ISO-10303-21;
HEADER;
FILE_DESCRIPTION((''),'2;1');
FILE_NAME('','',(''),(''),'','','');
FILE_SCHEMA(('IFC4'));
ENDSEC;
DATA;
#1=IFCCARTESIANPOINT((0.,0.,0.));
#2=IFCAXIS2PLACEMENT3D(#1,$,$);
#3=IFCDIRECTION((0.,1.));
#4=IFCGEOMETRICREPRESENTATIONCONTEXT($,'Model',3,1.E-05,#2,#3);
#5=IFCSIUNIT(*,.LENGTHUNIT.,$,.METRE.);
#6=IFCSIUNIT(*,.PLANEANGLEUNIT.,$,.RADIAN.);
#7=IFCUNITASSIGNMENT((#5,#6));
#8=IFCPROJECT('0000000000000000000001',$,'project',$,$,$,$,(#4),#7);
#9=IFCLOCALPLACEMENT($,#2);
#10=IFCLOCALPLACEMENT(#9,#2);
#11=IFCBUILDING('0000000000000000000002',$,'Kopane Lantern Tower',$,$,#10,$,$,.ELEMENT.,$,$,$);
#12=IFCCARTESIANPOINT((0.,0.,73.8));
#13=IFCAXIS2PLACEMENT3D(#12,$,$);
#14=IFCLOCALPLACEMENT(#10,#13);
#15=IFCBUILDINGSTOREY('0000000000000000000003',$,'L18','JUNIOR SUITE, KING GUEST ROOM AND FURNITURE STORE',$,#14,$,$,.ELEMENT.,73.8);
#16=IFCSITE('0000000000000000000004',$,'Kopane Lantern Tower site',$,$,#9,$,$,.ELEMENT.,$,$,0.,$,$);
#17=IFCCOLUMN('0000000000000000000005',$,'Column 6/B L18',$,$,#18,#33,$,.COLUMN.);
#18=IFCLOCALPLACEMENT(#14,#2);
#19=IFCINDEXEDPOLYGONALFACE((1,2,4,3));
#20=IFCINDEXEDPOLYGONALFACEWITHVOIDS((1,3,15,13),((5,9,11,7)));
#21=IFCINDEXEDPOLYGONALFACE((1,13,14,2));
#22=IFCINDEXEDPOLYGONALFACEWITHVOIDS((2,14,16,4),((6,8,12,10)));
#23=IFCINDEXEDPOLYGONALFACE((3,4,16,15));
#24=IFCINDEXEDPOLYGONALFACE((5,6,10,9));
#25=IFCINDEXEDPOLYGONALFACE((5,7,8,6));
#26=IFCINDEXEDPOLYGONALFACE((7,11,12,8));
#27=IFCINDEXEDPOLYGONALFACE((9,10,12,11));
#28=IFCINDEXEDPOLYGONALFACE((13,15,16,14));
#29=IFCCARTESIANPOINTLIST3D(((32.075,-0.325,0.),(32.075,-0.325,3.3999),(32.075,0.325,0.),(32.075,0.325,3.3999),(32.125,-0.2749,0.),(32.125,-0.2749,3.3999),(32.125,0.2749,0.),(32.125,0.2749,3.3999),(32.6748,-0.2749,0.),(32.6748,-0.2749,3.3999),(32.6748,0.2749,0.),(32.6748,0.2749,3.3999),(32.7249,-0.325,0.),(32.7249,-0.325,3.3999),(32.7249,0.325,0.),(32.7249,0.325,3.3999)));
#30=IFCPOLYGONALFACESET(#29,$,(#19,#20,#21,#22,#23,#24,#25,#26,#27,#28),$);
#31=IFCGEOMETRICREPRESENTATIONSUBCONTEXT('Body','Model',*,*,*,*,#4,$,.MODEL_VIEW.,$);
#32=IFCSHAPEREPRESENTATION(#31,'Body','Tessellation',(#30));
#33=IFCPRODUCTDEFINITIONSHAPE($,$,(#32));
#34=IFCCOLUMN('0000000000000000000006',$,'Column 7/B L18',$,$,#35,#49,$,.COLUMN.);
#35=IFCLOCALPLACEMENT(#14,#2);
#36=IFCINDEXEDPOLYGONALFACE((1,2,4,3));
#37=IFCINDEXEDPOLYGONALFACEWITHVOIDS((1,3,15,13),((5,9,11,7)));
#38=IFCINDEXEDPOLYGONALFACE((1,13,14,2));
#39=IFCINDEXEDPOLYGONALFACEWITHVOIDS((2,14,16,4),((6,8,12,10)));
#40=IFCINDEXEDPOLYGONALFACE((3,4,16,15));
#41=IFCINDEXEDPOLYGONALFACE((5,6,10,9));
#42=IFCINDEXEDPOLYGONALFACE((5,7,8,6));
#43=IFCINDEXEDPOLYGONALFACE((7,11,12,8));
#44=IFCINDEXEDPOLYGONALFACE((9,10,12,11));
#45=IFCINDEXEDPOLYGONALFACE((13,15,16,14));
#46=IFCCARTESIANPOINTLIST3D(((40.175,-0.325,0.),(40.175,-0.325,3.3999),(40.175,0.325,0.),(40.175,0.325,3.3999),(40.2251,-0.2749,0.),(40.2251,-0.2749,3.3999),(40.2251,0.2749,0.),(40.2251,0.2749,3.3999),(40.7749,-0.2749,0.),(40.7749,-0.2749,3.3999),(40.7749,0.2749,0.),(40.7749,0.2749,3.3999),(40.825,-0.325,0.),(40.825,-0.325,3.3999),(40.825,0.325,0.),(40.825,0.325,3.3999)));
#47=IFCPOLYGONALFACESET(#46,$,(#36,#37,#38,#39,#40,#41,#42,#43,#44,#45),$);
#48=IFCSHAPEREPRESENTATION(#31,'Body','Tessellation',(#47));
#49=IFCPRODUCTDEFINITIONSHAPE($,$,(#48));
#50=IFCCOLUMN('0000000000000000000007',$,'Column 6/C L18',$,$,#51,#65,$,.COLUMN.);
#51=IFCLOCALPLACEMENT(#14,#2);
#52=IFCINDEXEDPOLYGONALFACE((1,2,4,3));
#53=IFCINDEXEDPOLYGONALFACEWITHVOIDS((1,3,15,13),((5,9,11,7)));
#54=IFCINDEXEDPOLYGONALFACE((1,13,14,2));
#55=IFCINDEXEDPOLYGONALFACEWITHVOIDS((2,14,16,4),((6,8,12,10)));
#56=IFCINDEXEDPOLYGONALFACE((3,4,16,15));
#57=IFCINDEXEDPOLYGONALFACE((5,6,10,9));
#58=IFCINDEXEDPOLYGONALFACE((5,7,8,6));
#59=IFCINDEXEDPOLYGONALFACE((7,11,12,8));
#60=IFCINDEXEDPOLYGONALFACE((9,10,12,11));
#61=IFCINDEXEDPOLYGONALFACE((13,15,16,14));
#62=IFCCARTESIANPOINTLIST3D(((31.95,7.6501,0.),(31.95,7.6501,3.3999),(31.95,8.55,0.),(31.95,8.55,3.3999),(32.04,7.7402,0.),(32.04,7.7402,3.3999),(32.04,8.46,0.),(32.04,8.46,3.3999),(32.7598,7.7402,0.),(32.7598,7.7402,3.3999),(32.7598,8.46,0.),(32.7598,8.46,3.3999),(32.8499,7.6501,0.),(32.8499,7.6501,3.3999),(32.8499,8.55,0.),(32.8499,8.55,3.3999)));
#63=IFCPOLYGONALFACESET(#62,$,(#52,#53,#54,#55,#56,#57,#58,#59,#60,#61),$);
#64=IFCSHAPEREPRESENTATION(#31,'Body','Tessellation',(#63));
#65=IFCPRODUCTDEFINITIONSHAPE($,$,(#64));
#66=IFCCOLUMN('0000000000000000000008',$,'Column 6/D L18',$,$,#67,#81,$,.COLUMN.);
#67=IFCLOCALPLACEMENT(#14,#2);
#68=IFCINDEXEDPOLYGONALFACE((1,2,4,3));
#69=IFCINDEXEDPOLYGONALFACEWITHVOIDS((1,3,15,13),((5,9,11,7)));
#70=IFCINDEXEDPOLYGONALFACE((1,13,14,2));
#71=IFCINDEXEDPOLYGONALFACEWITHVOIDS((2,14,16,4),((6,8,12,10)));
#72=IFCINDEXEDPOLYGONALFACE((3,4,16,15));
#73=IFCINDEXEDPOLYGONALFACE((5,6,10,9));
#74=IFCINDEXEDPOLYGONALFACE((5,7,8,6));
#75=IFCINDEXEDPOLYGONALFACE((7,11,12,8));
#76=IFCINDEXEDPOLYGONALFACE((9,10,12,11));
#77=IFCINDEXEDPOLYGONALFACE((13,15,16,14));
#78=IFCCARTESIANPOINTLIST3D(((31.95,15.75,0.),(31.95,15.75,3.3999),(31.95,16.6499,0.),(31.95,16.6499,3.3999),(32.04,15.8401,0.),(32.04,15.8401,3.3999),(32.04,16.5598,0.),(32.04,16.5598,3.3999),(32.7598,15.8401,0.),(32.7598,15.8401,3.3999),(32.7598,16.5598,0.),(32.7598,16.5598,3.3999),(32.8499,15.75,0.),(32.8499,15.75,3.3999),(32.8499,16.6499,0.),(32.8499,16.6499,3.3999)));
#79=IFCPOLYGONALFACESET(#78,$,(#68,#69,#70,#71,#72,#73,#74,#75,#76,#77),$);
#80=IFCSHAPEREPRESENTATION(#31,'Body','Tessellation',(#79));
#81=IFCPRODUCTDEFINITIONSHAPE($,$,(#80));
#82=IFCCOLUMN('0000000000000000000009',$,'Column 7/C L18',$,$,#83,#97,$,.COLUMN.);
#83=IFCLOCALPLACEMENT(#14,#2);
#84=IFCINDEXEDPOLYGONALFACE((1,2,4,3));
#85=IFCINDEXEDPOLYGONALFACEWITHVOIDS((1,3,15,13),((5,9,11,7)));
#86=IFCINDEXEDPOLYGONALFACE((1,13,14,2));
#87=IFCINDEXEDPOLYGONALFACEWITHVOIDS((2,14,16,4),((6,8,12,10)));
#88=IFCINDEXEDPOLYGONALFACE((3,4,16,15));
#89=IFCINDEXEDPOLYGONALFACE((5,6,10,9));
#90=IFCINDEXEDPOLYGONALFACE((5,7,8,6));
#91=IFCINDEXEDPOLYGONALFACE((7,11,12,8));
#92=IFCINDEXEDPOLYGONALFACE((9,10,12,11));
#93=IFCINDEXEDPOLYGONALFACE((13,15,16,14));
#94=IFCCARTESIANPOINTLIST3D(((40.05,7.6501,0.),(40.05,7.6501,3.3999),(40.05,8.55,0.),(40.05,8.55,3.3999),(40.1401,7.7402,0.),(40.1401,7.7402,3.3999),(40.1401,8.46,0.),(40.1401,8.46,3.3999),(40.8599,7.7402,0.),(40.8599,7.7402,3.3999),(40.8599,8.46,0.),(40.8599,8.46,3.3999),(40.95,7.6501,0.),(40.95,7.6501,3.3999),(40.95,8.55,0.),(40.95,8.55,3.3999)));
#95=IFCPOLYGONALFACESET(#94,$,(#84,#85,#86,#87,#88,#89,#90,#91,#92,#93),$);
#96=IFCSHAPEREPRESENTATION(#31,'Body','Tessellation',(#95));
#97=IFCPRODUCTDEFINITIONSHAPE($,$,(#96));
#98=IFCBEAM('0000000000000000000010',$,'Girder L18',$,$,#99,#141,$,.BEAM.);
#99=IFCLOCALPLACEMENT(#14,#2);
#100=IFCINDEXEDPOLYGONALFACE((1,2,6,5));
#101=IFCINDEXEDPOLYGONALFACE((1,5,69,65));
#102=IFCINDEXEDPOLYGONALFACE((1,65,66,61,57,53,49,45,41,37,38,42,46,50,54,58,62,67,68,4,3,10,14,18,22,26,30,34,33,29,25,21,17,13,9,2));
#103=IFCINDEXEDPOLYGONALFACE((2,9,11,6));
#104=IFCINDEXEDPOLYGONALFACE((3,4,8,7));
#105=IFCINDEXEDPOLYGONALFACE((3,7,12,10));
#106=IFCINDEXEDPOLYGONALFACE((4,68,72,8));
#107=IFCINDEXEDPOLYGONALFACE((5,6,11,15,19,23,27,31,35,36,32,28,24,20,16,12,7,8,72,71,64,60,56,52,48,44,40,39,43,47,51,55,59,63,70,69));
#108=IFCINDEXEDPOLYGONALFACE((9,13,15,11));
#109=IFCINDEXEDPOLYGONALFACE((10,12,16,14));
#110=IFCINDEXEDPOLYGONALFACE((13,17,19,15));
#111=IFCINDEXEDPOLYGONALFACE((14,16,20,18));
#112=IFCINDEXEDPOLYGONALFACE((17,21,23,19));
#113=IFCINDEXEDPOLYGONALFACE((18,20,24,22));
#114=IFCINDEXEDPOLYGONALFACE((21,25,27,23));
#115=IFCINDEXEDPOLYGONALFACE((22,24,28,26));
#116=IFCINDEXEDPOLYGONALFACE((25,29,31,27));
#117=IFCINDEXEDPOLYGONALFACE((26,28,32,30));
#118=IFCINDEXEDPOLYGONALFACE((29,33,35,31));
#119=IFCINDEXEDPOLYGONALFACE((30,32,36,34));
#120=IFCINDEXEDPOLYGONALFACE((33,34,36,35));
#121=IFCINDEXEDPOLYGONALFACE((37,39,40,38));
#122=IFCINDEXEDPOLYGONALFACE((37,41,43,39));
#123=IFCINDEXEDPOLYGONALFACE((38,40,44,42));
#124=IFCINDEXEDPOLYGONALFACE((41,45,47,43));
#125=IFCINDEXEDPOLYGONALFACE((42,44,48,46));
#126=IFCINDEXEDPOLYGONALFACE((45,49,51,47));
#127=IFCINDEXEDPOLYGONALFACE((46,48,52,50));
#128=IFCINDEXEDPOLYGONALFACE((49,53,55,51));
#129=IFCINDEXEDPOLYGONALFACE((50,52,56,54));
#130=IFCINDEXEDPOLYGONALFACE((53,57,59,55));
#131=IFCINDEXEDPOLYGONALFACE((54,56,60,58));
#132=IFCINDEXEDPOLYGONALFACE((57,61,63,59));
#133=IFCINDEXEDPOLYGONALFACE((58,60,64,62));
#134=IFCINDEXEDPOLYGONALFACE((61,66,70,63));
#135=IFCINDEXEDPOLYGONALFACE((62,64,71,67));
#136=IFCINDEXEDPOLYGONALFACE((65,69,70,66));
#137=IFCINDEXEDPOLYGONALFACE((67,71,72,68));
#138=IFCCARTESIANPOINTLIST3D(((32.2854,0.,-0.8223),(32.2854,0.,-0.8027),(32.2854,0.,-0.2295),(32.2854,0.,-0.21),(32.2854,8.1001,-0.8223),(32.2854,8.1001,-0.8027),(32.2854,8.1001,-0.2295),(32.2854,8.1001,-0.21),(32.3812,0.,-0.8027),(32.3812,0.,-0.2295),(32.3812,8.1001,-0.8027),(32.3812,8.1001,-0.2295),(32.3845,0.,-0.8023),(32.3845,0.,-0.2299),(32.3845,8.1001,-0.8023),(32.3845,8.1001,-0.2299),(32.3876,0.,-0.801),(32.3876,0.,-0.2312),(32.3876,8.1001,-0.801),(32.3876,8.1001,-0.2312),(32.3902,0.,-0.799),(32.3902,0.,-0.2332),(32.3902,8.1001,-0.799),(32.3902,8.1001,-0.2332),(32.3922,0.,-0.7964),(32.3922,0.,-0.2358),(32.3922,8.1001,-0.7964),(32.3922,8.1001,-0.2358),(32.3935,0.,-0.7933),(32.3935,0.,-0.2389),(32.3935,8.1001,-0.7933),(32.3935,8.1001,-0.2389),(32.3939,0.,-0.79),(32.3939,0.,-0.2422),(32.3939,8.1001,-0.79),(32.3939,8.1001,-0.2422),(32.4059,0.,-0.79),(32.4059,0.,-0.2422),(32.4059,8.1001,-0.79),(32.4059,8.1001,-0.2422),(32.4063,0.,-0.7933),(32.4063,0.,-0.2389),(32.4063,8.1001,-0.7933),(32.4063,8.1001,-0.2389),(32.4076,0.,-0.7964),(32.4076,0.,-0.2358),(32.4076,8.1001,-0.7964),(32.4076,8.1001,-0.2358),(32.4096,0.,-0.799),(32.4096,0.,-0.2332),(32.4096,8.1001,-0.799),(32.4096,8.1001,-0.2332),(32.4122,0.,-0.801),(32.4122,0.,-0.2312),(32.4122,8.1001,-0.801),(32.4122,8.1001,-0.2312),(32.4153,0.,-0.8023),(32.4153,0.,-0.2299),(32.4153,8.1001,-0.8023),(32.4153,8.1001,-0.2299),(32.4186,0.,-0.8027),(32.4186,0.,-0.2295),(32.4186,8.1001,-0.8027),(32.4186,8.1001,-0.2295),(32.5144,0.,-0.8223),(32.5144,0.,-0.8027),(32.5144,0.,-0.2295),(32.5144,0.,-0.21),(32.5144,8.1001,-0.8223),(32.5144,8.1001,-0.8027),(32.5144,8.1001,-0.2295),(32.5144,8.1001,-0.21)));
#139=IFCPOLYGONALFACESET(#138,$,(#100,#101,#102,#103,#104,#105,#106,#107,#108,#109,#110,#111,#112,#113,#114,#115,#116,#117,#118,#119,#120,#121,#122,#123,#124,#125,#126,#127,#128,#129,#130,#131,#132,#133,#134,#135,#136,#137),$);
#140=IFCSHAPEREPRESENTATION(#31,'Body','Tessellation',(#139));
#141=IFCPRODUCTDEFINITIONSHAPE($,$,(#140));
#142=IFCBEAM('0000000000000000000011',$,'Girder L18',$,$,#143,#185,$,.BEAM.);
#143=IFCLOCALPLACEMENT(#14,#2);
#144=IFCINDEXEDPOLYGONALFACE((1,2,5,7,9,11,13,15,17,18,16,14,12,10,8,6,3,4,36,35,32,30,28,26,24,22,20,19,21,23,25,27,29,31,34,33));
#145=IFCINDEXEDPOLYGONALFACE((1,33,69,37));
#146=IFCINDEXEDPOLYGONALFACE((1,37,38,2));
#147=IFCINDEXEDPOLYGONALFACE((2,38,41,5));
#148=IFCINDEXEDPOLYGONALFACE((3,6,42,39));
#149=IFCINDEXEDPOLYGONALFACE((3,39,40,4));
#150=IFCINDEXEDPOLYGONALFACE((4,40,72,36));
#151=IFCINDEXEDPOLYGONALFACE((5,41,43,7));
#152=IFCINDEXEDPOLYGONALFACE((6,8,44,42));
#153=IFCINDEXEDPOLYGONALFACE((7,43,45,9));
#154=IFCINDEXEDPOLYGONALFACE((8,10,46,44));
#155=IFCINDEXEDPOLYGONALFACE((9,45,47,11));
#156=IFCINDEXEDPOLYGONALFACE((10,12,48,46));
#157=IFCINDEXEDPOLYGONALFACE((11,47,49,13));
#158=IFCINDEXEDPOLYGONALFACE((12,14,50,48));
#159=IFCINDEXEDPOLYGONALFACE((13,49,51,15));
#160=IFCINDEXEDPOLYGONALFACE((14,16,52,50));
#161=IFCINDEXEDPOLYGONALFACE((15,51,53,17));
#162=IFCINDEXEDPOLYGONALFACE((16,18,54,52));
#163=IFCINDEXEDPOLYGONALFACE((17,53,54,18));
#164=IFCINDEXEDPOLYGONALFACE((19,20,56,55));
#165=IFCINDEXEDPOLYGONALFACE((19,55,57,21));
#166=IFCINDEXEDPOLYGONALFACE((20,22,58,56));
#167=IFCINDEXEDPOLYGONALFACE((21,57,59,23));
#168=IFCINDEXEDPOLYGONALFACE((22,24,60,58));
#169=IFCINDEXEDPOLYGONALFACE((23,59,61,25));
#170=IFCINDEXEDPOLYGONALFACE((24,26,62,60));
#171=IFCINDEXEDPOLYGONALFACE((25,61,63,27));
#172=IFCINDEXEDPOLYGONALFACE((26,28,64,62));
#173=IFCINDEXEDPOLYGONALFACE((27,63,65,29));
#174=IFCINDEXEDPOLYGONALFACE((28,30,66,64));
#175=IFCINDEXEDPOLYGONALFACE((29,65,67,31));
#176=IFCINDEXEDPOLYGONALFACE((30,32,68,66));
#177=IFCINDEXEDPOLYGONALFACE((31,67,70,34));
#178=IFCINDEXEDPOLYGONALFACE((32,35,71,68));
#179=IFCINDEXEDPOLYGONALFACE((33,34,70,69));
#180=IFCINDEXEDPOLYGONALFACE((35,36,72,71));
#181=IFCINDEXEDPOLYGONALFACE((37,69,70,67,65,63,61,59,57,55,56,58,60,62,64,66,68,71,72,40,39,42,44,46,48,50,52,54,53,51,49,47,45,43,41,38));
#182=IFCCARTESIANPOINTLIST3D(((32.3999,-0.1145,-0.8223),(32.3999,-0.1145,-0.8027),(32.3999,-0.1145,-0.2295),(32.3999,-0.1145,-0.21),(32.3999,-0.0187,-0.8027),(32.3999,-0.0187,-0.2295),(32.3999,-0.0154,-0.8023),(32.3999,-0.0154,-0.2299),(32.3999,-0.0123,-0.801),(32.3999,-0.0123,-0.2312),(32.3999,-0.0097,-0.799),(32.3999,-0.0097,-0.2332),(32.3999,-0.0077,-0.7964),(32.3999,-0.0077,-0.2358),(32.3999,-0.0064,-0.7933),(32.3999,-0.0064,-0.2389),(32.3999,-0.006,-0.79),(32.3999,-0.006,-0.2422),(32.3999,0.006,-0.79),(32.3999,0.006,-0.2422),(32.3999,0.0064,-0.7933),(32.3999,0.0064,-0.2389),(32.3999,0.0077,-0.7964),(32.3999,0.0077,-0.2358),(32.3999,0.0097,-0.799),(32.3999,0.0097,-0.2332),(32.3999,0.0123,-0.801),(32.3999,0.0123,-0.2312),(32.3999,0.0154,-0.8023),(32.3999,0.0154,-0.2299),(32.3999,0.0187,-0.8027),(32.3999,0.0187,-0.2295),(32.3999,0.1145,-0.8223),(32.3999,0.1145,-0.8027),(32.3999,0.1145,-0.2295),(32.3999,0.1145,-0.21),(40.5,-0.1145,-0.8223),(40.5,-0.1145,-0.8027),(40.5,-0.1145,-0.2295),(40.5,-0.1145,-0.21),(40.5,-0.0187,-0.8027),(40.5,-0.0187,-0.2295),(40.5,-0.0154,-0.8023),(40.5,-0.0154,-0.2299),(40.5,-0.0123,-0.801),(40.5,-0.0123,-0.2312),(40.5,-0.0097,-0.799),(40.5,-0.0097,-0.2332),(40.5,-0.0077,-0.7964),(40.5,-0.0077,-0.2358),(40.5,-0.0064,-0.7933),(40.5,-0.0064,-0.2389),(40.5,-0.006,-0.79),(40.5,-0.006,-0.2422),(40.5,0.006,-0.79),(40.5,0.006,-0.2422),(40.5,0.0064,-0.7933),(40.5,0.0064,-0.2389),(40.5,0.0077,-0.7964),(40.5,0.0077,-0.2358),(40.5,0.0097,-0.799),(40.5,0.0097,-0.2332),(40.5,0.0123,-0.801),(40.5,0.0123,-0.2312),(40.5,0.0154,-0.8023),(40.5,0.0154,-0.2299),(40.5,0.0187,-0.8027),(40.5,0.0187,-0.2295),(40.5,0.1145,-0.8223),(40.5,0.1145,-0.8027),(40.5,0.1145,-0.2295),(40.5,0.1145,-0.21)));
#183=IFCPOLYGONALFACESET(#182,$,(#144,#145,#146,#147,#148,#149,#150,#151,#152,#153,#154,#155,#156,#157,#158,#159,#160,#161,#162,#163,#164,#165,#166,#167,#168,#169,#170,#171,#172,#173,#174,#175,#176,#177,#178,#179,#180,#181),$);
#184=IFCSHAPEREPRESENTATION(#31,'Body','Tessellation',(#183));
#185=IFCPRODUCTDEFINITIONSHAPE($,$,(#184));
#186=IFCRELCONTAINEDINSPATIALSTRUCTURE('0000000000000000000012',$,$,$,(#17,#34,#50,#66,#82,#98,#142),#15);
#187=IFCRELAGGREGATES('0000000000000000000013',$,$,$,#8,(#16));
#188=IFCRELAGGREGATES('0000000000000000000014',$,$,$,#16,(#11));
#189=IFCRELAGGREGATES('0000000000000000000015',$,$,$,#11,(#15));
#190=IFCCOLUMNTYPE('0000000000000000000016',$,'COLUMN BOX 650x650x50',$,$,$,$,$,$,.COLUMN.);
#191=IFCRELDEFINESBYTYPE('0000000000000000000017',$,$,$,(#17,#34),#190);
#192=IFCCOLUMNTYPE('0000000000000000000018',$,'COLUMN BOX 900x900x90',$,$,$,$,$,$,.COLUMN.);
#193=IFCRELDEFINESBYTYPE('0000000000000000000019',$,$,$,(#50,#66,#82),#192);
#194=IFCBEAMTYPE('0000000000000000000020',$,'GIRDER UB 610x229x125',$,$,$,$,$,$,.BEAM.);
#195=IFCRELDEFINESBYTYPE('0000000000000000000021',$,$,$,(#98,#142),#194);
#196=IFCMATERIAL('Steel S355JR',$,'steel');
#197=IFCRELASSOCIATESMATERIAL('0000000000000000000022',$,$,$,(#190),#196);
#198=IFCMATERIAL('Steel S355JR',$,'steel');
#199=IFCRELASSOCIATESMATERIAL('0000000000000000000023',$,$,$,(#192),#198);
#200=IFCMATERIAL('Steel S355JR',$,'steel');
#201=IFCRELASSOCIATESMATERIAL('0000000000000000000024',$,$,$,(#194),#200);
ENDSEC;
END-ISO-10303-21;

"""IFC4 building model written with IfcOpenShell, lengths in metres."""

from ifc_helpers import new_model, si_unit, direction, frame, origin, origin_2d, place, context, subcontext, project, spatial, hollow_rectangle, i_section, extrude, material, material_profile, profile_set, type_object, element, save


model = new_model("IFC4")

# Units and contexts
model_context = context("Model", 3, precision=1e-05, world=origin(), true_north=direction((0.0, 1.0)))
body_context = subcontext(model_context, "Body", "Model", "MODEL_VIEW")
ifc_project = project(units=[si_unit("LENGTHUNIT", "METRE"), si_unit("PLANEANGLEUNIT", "RADIAN")], contexts=[model_context])

# Site, building, storey
site_placement = place(None, origin())
site = spatial("IfcSite", under=ifc_project, at=site_placement, Name="Kopane Lantern Tower site", CompositionType="ELEMENT", RefElevation=0.0)
building_placement = place(site_placement, origin())
building = spatial("IfcBuilding", under=site, at=building_placement, Name="Kopane Lantern Tower", CompositionType="ELEMENT")
storey_placement = place(building_placement, frame((0.0, 0.0, 73.8)))
storey = spatial("IfcBuildingStorey", under=building, at=storey_placement, Name="L18", Description="JUNIOR SUITE, KING GUEST ROOM AND FURNITURE STORE", CompositionType="ELEMENT", Elevation=73.8)

# Columns
ifc_material_1 = material(Name="Steel S355JR", Category="steel")
ifc_material_profile_1 = material_profile(ifc_material_1, hollow_rectangle(XDim=0.6499, YDim=0.6499, WallThickness=0.05, at=origin_2d()), Name="BOX 650x650x50")
ifc_profile_set_1 = profile_set([ifc_material_profile_1], Name="Steel S355JR")
column_type_1 = type_object("IfcColumnType", Name="COLUMN BOX 650x650x50", PredefinedType="COLUMN", material=ifc_profile_set_1)
for number, where, z_axis, x_axis, name in (
    (1, (32.3999, 0.0, 0.0), (0.0, 0.0, 1.0), (1.0, 0.0, 0.0), "Column 6/B L18"),
    (2, (40.5, 0.0, 0.0), (0.0, 0.0, 1.0), (1.0, 0.0, 0.0), "Column 7/B L18"),
):
    element("IfcColumn", number, at=place(storey_placement, frame(where, z_axis=z_axis, x_axis=x_axis)), inside=storey, type_object=column_type_1, Name=name, PredefinedType="COLUMN", context=body_context, shape_type="SweptSolid", body=[
        extrude(hollow_rectangle(XDim=0.6499, YDim=0.6499, WallThickness=0.05, at=origin_2d()), origin(), (0.0, 0.0, 1.0), 3.3999),
    ])
ifc_material_2 = material(Name="Steel S355JR", Category="steel")
ifc_material_profile_2 = material_profile(ifc_material_2, hollow_rectangle(XDim=0.8999, YDim=0.8999, WallThickness=0.0901, at=origin_2d()), Name="BOX 900x900x90")
ifc_profile_set_2 = profile_set([ifc_material_profile_2], Name="Steel S355JR")
column_type_2 = type_object("IfcColumnType", Name="COLUMN BOX 900x900x90", PredefinedType="COLUMN", material=ifc_profile_set_2)
for number, where, z_axis, x_axis, name in (
    (3, (32.3999, 8.1001, 0.0), (0.0, 0.0, 1.0), (1.0, 0.0, 0.0), "Column 6/C L18"),
    (4, (32.3999, 16.2, 0.0), (0.0, 0.0, 1.0), (1.0, 0.0, 0.0), "Column 6/D L18"),
    (5, (40.5, 8.1001, 0.0), (0.0, 0.0, 1.0), (1.0, 0.0, 0.0), "Column 7/C L18"),
):
    element("IfcColumn", number, at=place(storey_placement, frame(where, z_axis=z_axis, x_axis=x_axis)), inside=storey, type_object=column_type_2, Name=name, PredefinedType="COLUMN", context=body_context, shape_type="SweptSolid", body=[
        extrude(hollow_rectangle(XDim=0.8999, YDim=0.8999, WallThickness=0.0901, at=origin_2d()), origin(), (0.0, 0.0, 1.0), 3.3999),
    ])

# Beams
ifc_material_3 = material(Name="Steel S355JR", Category="steel")
ifc_material_profile_3 = material_profile(ifc_material_3, i_section(OverallWidth=0.229, OverallDepth=0.6123, WebThickness=0.012, FlangeThickness=0.0195, FilletRadius=0.0127, at=origin_2d()), Name="UB 610x229x125")
ifc_profile_set_3 = profile_set([ifc_material_profile_3], Name="Steel S355JR")
beam_type = type_object("IfcBeamType", Name="GIRDER UB 610x229x125", PredefinedType="BEAM", material=ifc_profile_set_3)
for number, where, z_axis, x_axis, name in (
    (6, (32.3999, 0.0, -0.5161), (0.0, 1.0, 0.0), (-1.0, 0.0, 0.0), "Girder L18"),
    (7, (32.3999, 0.0, -0.5161), (1.0, 0.0, 0.0), (0.0, 1.0, 0.0), "Girder L18"),
):
    element("IfcBeam", number, at=place(storey_placement, frame(where, z_axis=z_axis, x_axis=x_axis)), inside=storey, type_object=beam_type, Name=name, PredefinedType="BEAM", context=body_context, shape_type="SweptSolid", body=[
        extrude(i_section(OverallWidth=0.229, OverallDepth=0.6123, WebThickness=0.012, FlangeThickness=0.0195, FilletRadius=0.0127, at=origin_2d()), origin(), (0.0, 0.0, 1.0), 8.1001),
    ])

save(model, "model.ifc")
